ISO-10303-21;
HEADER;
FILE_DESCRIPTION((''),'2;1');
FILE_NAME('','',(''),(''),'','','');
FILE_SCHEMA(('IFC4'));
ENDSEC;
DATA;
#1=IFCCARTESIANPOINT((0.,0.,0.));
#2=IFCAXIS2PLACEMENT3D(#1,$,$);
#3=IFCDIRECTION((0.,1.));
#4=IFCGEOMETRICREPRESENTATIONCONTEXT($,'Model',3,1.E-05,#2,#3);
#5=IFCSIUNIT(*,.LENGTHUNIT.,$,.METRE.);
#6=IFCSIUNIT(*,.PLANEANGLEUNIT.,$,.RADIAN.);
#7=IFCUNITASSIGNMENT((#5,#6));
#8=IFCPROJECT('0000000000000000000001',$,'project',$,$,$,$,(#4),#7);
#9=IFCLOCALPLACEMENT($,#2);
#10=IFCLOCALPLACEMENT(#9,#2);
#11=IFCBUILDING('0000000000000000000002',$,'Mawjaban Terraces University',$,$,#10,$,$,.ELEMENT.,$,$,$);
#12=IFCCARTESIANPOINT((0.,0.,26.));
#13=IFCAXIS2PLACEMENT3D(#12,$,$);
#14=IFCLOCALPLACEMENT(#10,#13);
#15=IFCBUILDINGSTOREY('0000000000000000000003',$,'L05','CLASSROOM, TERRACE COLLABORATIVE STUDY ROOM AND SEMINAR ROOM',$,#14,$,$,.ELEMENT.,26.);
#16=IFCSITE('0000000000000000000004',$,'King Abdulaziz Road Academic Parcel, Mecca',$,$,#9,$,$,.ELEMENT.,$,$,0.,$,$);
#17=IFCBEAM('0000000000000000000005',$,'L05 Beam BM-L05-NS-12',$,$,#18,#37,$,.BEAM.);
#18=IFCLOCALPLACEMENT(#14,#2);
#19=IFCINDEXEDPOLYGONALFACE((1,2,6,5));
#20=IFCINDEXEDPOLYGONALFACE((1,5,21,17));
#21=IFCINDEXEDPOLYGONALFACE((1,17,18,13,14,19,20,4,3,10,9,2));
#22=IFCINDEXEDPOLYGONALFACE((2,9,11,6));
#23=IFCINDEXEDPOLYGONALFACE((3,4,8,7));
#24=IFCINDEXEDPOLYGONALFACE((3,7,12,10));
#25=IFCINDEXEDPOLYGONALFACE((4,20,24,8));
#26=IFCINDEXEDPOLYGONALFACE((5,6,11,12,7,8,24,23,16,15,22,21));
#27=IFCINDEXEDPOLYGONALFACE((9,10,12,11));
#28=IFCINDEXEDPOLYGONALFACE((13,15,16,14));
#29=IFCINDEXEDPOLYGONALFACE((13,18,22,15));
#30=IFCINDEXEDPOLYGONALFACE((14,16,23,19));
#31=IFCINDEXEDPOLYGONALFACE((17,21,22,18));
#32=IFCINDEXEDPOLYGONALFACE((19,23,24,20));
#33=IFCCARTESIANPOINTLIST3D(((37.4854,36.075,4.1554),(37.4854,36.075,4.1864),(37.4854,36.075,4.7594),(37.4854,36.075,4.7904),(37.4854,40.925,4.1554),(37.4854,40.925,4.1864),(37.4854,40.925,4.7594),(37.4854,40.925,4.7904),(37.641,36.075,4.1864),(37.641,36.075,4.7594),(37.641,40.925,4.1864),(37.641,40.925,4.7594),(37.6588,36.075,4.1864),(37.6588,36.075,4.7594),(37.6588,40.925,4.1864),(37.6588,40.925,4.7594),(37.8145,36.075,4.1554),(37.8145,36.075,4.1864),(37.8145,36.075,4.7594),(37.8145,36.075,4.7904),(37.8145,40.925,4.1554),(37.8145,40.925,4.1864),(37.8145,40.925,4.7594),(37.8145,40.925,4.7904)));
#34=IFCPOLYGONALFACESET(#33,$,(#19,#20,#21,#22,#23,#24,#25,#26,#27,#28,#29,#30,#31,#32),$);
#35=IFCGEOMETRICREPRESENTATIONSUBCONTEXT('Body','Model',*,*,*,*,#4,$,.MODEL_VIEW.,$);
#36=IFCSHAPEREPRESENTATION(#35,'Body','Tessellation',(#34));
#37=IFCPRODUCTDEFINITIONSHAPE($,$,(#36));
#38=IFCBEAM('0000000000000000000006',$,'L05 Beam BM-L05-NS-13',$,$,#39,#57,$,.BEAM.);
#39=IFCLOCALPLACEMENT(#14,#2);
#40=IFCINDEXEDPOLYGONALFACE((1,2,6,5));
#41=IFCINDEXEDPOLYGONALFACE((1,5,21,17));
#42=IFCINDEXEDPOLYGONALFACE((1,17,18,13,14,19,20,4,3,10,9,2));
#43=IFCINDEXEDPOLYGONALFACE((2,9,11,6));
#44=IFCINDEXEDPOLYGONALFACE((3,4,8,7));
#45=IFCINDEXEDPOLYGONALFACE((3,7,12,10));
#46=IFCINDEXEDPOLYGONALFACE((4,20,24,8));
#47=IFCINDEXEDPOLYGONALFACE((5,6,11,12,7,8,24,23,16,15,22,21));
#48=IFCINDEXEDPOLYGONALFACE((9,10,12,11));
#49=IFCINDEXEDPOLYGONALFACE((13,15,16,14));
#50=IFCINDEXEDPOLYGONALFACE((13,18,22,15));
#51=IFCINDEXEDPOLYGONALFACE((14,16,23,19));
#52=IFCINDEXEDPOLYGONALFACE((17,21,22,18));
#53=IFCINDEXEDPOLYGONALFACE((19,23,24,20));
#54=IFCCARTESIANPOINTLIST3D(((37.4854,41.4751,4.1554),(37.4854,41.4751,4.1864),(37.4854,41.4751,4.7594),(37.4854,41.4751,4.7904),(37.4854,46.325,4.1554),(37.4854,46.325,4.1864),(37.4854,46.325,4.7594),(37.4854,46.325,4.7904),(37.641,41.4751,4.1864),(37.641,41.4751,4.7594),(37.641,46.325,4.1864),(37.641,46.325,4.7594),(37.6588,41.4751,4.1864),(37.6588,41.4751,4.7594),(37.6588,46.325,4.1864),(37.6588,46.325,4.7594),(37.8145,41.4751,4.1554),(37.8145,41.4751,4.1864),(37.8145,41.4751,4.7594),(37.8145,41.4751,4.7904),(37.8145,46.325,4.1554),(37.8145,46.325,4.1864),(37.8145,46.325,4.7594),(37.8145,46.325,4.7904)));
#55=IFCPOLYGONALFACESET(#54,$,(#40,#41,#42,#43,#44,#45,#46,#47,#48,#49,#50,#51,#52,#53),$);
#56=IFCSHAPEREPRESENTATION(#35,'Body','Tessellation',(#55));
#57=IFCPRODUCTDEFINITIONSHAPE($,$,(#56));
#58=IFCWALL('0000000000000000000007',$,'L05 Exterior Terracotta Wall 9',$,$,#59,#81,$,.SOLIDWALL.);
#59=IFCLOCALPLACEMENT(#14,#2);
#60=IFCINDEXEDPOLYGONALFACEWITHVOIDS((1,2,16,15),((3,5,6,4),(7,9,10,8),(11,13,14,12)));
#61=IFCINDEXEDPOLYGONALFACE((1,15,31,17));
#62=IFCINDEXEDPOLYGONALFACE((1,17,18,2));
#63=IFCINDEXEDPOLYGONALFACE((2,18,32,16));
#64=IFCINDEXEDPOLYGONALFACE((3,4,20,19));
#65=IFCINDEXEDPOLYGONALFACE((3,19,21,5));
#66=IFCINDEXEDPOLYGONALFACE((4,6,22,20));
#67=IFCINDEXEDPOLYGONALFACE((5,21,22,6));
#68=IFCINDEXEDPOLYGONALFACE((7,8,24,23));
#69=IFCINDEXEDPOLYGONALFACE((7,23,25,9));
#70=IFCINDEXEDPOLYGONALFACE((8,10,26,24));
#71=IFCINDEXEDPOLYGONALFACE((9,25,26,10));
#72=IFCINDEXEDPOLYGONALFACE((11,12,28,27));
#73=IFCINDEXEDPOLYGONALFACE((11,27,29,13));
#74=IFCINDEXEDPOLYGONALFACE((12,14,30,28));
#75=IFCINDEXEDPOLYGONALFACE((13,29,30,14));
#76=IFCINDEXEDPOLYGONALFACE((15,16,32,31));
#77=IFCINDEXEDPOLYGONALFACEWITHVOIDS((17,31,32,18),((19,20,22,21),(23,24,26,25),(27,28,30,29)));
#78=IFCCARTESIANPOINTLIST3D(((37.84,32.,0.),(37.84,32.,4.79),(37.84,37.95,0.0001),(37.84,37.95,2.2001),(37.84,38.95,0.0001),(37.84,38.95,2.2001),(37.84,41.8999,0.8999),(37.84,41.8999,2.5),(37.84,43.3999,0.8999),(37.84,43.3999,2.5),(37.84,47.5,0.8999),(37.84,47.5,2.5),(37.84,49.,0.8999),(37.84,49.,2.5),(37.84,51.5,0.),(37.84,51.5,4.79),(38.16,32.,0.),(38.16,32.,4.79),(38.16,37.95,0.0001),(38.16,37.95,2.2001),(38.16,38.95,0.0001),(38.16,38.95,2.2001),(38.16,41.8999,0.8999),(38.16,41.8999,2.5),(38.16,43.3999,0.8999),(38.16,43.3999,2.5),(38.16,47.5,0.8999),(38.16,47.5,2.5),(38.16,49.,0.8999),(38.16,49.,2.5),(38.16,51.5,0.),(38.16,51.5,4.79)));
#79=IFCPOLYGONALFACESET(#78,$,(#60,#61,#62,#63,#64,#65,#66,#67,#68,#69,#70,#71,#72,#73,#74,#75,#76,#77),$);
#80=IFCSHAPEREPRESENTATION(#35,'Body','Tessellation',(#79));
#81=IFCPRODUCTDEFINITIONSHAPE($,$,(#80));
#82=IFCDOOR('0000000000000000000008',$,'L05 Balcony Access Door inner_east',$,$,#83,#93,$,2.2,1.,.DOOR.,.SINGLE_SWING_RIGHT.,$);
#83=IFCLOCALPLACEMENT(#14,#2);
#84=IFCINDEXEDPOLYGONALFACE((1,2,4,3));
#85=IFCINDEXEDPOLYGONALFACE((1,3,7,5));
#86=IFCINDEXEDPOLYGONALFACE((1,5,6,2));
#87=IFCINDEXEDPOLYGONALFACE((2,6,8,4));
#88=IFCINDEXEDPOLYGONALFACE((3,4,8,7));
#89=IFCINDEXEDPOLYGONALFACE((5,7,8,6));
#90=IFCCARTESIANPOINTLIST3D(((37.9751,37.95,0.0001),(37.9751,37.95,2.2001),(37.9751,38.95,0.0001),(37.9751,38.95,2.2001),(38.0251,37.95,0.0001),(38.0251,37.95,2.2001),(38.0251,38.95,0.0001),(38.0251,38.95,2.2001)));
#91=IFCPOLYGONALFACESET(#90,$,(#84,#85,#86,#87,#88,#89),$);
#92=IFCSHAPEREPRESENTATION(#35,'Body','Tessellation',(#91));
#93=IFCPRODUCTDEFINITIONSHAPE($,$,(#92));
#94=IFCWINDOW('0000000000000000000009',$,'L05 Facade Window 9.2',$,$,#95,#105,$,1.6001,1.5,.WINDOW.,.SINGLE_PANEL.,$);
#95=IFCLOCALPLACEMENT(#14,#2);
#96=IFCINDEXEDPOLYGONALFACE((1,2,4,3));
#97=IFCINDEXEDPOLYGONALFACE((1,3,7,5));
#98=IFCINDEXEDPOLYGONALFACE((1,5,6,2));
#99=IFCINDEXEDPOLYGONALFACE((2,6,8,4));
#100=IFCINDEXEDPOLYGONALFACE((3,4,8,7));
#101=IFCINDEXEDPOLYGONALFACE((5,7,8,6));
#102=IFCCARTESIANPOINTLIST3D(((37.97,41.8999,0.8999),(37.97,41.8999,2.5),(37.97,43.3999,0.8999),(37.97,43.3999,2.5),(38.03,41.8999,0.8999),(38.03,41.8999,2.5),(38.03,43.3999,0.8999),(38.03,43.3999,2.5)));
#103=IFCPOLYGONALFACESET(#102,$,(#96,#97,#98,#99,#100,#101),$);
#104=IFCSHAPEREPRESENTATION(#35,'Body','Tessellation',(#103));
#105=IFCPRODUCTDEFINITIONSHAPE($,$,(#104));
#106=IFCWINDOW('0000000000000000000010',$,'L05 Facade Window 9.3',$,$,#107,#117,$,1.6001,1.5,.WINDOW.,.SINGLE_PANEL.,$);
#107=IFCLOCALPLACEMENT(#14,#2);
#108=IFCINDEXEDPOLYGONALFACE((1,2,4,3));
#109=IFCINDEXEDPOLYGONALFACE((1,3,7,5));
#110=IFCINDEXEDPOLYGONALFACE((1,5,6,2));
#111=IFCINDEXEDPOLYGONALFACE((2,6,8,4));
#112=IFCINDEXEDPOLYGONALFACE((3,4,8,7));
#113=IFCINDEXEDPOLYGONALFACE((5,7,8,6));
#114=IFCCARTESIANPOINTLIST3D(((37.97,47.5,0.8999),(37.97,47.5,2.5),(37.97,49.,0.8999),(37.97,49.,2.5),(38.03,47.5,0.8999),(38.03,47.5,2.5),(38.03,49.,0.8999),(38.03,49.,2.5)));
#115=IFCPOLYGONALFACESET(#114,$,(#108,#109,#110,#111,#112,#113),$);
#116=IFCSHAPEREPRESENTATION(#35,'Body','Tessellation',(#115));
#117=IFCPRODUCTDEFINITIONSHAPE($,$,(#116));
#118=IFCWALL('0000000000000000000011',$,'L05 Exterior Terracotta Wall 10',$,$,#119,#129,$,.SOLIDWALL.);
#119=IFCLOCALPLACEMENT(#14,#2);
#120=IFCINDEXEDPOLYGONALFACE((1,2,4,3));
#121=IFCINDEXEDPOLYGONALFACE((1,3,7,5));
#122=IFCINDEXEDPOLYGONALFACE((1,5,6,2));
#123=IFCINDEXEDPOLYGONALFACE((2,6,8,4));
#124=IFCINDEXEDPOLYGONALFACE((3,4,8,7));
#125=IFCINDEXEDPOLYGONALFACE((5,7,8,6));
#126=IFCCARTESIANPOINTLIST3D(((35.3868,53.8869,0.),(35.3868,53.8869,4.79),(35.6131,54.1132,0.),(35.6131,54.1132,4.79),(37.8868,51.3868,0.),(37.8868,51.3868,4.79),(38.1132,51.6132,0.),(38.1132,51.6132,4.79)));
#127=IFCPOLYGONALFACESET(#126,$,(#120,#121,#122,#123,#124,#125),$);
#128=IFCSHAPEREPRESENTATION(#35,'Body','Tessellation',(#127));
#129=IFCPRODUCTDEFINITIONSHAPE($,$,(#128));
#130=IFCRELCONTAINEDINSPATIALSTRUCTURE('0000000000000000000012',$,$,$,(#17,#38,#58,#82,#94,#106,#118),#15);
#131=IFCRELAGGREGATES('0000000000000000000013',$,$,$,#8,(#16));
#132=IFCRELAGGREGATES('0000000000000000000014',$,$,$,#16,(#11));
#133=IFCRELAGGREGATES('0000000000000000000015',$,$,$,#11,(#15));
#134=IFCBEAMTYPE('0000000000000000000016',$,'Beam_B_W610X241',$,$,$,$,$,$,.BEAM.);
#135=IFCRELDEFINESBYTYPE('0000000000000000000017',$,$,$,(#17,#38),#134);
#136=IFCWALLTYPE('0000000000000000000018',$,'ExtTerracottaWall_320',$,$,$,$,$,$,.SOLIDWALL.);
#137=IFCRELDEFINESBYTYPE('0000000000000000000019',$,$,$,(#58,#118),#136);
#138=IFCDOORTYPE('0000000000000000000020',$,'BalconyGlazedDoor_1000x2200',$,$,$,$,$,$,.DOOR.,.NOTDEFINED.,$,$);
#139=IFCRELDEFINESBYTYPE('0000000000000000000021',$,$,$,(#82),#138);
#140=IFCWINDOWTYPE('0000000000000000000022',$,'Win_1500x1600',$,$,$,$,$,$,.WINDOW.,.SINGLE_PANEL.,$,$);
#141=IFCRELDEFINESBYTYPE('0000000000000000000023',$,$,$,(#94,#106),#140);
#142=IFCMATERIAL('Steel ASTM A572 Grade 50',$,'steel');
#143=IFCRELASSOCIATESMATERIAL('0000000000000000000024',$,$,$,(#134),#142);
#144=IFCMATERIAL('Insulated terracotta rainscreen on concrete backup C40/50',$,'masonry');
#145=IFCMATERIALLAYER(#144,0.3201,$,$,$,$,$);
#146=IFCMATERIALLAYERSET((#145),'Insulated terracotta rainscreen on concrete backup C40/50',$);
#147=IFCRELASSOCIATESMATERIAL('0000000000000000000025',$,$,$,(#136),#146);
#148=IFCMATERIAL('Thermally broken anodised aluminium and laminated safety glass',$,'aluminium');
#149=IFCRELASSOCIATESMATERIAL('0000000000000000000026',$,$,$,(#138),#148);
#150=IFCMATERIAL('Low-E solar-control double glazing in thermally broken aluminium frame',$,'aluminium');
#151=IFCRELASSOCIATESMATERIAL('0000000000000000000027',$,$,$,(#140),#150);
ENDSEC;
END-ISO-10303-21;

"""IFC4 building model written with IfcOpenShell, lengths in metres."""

from ifc_helpers import new_model, si_unit, direction, frame, frame_2d, origin, origin_2d, place, context, subcontext, project, spatial, rectangle, i_section, extrude, material, layer, layer_set, material_profile, profile_set, type_object, element, fill, save


model = new_model("IFC4")

# Units and contexts
model_context = context("Model", 3, precision=1e-05, world=origin(), true_north=direction((0.0, 1.0)))
body_context = subcontext(model_context, "Body", "Model", "MODEL_VIEW")
ifc_project = project(units=[si_unit("LENGTHUNIT", "METRE"), si_unit("PLANEANGLEUNIT", "RADIAN")], contexts=[model_context])

# Site, building, storey
site_placement = place(None, origin())
site = spatial("IfcSite", under=ifc_project, at=site_placement, Name="King Abdulaziz Road Academic Parcel, Mecca", CompositionType="ELEMENT", RefElevation=0.0)
building_placement = place(site_placement, origin())
building = spatial("IfcBuilding", under=site, at=building_placement, Name="Mawjaban Terraces University", CompositionType="ELEMENT")
storey_placement = place(building_placement, frame((0.0, 0.0, 26.0)))
storey = spatial("IfcBuildingStorey", under=building, at=storey_placement, Name="L05", Description="CLASSROOM, TERRACE COLLABORATIVE STUDY ROOM AND SEMINAR ROOM", CompositionType="ELEMENT", Elevation=26.0)

# Beams
ifc_material_1 = material(Name="Steel ASTM A572 Grade 50", Category="steel")
ifc_material_profile_1 = material_profile(ifc_material_1, i_section(OverallWidth=0.3291, OverallDepth=0.635, WebThickness=0.0178, FlangeThickness=0.031, at=origin_2d()), Name="W610X241")
ifc_profile_set_1 = profile_set([ifc_material_profile_1], Name="Steel ASTM A572 Grade 50")
beam_type_1 = type_object("IfcBeamType", Name="Beam_B_W610X241", PredefinedType="BEAM", material=ifc_profile_set_1)
beam_1_placement = place(storey_placement, frame((37.6499, 36.075, 4.4729), z_axis=(0.0, 1.0, 0.0), x_axis=(-1.0, 0.0, 0.0)))
element("IfcBeam", 1, at=beam_1_placement, inside=storey, type_object=beam_type_1, Name="L05 Beam BM-L05-NS-12", PredefinedType="BEAM", context=body_context, shape_type="SweptSolid", body=[
    extrude(i_section(OverallWidth=0.3291, OverallDepth=0.635, WebThickness=0.0178, FlangeThickness=0.031, at=origin_2d()), origin(), (0.0, 0.0, 1.0), 4.8501),
])
beam_2_placement = place(storey_placement, frame((37.6499, 41.4751, 4.4729), z_axis=(0.0, 1.0, 0.0), x_axis=(-1.0, 0.0, 0.0)))
element("IfcBeam", 2, at=beam_2_placement, inside=storey, type_object=beam_type_1, Name="L05 Beam BM-L05-NS-13", PredefinedType="BEAM", context=body_context, shape_type="SweptSolid", body=[
    extrude(i_section(OverallWidth=0.3291, OverallDepth=0.635, WebThickness=0.0178, FlangeThickness=0.031, at=origin_2d()), origin(), (0.0, 0.0, 1.0), 4.8499),
])

# Wall, openings, door, windows
ifc_material_2 = material(Name="Insulated terracotta rainscreen on concrete backup C40/50", Category="masonry")
ifc_layer_1 = layer(ifc_material_2, 0.3201)
ifc_layer_set_1 = layer_set([ifc_layer_1], Name="Insulated terracotta rainscreen on concrete backup C40/50")
wall_type_1 = type_object("IfcWallType", Name="ExtTerracottaWall_320", PredefinedType="SOLIDWALL", material=ifc_layer_set_1)
wall_1_placement = place(storey_placement, frame((38.0, 32.0, 0.0), z_axis=(0.0, 0.0, 1.0), x_axis=(0.0, 1.0, 0.0)))
wall_1 = element("IfcWall", 3, at=wall_1_placement, inside=storey, type_object=wall_type_1, Name="L05 Exterior Terracotta Wall 9", PredefinedType="SOLIDWALL", context=body_context, shape_type="SweptSolid", body=[
    extrude(rectangle(XDim=19.5, YDim=0.3201, at=frame_2d((9.75, 0.0))), origin(), (0.0, 0.0, 1.0), 4.79),
])
opening_1_placement = place(wall_1_placement, frame((5.95, 0.0, 0.0)))
opening_1 = element("IfcOpeningElement", 4, at=opening_1_placement, cuts=wall_1, PredefinedType="OPENING", context=body_context, shape_type="SweptSolid", body=[
    extrude(rectangle(XDim=1.0, YDim=2.2, at=frame_2d((0.5, 1.1001))), frame((0.0, 0.1699, 0.0), z_axis=(0.0, -1.0, 0.0), x_axis=(1.0, 0.0, 0.0)), (0.0, 0.0, 1.0), 0.3401),
])
opening_2_placement = place(wall_1_placement, frame((9.8999, 0.0, 0.8999)))
opening_2 = element("IfcOpeningElement", 5, at=opening_2_placement, cuts=wall_1, PredefinedType="OPENING", context=body_context, shape_type="SweptSolid", body=[
    extrude(rectangle(XDim=1.5, YDim=1.6001, at=frame_2d((0.75, 0.8))), frame((0.0, 0.1699, 0.0), z_axis=(0.0, -1.0, 0.0), x_axis=(1.0, 0.0, 0.0)), (0.0, 0.0, 1.0), 0.3401),
])
opening_3_placement = place(wall_1_placement, frame((15.5, 0.0, 0.8999)))
opening_3 = element("IfcOpeningElement", 6, at=opening_3_placement, cuts=wall_1, PredefinedType="OPENING", context=body_context, shape_type="SweptSolid", body=[
    extrude(rectangle(XDim=1.5, YDim=1.6001, at=frame_2d((0.75, 0.8))), frame((0.0, 0.1699, 0.0), z_axis=(0.0, -1.0, 0.0), x_axis=(1.0, 0.0, 0.0)), (0.0, 0.0, 1.0), 0.3401),
])
ifc_material_3 = material(Name="Thermally broken anodised aluminium and laminated safety glass", Category="aluminium")
door_type = type_object("IfcDoorType", Name="BalconyGlazedDoor_1000x2200", OperationType="NOTDEFINED", PredefinedType="DOOR", material=ifc_material_3)
door_placement = place(opening_1_placement, origin())
door = element("IfcDoor", 7, at=door_placement, inside=storey, type_object=door_type, Name="L05 Balcony Access Door inner_east", OperationType="SINGLE_SWING_RIGHT", OverallHeight=2.2, OverallWidth=1.0, PredefinedType="DOOR", context=body_context, shape_type="SweptSolid", body=[
    extrude(rectangle(XDim=1.0, YDim=2.2, at=frame_2d((0.5, 1.1001))), frame((0.0, 0.0249, 0.0), z_axis=(0.0, -1.0, 0.0), x_axis=(1.0, 0.0, 0.0)), (0.0, 0.0, 1.0), 0.05),
])
fill(opening_1, door)
ifc_material_4 = material(Name="Low-E solar-control double glazing in thermally broken aluminium frame", Category="aluminium")
window_type_1 = type_object("IfcWindowType", Name="Win_1500x1600", PartitioningType="SINGLE_PANEL", PredefinedType="WINDOW", material=ifc_material_4)
window_1_placement = place(opening_2_placement, origin())
window_1 = element("IfcWindow", 8, at=window_1_placement, inside=storey, type_object=window_type_1, Name="L05 Facade Window 9.2", OverallHeight=1.6001, OverallWidth=1.5, PartitioningType="SINGLE_PANEL", PredefinedType="WINDOW", context=body_context, shape_type="SweptSolid", body=[
    extrude(rectangle(XDim=1.5, YDim=1.6001, at=frame_2d((0.75, 0.8))), frame((0.0, 0.03, 0.0), z_axis=(0.0, -1.0, 0.0), x_axis=(1.0, 0.0, 0.0)), (0.0, 0.0, 1.0), 0.0601),
])
fill(opening_2, window_1)
window_2_placement = place(opening_3_placement, origin())
window_2 = element("IfcWindow", 9, at=window_2_placement, inside=storey, type_object=window_type_1, Name="L05 Facade Window 9.3", OverallHeight=1.6001, OverallWidth=1.5, PartitioningType="SINGLE_PANEL", PredefinedType="WINDOW", context=body_context, shape_type="SweptSolid", body=[
    extrude(rectangle(XDim=1.5, YDim=1.6001, at=frame_2d((0.75, 0.8))), frame((0.0, 0.03, 0.0), z_axis=(0.0, -1.0, 0.0), x_axis=(1.0, 0.0, 0.0)), (0.0, 0.0, 1.0), 0.0601),
])
fill(opening_3, window_2)

# Wall
wall_2_placement = place(storey_placement, frame((38.0, 51.5, 0.0), z_axis=(0.0, 0.0, 1.0), x_axis=(-0.707107, 0.707107, 0.0)))
element("IfcWall", 10, at=wall_2_placement, inside=storey, type_object=wall_type_1, Name="L05 Exterior Terracotta Wall 10", PredefinedType="SOLIDWALL", context=body_context, shape_type="SweptSolid", body=[
    extrude(rectangle(XDim=3.5356, YDim=0.3201, at=frame_2d((1.7678, 0.0))), origin(), (0.0, 0.0, 1.0), 4.79),
])

save(model, "model.ifc")
